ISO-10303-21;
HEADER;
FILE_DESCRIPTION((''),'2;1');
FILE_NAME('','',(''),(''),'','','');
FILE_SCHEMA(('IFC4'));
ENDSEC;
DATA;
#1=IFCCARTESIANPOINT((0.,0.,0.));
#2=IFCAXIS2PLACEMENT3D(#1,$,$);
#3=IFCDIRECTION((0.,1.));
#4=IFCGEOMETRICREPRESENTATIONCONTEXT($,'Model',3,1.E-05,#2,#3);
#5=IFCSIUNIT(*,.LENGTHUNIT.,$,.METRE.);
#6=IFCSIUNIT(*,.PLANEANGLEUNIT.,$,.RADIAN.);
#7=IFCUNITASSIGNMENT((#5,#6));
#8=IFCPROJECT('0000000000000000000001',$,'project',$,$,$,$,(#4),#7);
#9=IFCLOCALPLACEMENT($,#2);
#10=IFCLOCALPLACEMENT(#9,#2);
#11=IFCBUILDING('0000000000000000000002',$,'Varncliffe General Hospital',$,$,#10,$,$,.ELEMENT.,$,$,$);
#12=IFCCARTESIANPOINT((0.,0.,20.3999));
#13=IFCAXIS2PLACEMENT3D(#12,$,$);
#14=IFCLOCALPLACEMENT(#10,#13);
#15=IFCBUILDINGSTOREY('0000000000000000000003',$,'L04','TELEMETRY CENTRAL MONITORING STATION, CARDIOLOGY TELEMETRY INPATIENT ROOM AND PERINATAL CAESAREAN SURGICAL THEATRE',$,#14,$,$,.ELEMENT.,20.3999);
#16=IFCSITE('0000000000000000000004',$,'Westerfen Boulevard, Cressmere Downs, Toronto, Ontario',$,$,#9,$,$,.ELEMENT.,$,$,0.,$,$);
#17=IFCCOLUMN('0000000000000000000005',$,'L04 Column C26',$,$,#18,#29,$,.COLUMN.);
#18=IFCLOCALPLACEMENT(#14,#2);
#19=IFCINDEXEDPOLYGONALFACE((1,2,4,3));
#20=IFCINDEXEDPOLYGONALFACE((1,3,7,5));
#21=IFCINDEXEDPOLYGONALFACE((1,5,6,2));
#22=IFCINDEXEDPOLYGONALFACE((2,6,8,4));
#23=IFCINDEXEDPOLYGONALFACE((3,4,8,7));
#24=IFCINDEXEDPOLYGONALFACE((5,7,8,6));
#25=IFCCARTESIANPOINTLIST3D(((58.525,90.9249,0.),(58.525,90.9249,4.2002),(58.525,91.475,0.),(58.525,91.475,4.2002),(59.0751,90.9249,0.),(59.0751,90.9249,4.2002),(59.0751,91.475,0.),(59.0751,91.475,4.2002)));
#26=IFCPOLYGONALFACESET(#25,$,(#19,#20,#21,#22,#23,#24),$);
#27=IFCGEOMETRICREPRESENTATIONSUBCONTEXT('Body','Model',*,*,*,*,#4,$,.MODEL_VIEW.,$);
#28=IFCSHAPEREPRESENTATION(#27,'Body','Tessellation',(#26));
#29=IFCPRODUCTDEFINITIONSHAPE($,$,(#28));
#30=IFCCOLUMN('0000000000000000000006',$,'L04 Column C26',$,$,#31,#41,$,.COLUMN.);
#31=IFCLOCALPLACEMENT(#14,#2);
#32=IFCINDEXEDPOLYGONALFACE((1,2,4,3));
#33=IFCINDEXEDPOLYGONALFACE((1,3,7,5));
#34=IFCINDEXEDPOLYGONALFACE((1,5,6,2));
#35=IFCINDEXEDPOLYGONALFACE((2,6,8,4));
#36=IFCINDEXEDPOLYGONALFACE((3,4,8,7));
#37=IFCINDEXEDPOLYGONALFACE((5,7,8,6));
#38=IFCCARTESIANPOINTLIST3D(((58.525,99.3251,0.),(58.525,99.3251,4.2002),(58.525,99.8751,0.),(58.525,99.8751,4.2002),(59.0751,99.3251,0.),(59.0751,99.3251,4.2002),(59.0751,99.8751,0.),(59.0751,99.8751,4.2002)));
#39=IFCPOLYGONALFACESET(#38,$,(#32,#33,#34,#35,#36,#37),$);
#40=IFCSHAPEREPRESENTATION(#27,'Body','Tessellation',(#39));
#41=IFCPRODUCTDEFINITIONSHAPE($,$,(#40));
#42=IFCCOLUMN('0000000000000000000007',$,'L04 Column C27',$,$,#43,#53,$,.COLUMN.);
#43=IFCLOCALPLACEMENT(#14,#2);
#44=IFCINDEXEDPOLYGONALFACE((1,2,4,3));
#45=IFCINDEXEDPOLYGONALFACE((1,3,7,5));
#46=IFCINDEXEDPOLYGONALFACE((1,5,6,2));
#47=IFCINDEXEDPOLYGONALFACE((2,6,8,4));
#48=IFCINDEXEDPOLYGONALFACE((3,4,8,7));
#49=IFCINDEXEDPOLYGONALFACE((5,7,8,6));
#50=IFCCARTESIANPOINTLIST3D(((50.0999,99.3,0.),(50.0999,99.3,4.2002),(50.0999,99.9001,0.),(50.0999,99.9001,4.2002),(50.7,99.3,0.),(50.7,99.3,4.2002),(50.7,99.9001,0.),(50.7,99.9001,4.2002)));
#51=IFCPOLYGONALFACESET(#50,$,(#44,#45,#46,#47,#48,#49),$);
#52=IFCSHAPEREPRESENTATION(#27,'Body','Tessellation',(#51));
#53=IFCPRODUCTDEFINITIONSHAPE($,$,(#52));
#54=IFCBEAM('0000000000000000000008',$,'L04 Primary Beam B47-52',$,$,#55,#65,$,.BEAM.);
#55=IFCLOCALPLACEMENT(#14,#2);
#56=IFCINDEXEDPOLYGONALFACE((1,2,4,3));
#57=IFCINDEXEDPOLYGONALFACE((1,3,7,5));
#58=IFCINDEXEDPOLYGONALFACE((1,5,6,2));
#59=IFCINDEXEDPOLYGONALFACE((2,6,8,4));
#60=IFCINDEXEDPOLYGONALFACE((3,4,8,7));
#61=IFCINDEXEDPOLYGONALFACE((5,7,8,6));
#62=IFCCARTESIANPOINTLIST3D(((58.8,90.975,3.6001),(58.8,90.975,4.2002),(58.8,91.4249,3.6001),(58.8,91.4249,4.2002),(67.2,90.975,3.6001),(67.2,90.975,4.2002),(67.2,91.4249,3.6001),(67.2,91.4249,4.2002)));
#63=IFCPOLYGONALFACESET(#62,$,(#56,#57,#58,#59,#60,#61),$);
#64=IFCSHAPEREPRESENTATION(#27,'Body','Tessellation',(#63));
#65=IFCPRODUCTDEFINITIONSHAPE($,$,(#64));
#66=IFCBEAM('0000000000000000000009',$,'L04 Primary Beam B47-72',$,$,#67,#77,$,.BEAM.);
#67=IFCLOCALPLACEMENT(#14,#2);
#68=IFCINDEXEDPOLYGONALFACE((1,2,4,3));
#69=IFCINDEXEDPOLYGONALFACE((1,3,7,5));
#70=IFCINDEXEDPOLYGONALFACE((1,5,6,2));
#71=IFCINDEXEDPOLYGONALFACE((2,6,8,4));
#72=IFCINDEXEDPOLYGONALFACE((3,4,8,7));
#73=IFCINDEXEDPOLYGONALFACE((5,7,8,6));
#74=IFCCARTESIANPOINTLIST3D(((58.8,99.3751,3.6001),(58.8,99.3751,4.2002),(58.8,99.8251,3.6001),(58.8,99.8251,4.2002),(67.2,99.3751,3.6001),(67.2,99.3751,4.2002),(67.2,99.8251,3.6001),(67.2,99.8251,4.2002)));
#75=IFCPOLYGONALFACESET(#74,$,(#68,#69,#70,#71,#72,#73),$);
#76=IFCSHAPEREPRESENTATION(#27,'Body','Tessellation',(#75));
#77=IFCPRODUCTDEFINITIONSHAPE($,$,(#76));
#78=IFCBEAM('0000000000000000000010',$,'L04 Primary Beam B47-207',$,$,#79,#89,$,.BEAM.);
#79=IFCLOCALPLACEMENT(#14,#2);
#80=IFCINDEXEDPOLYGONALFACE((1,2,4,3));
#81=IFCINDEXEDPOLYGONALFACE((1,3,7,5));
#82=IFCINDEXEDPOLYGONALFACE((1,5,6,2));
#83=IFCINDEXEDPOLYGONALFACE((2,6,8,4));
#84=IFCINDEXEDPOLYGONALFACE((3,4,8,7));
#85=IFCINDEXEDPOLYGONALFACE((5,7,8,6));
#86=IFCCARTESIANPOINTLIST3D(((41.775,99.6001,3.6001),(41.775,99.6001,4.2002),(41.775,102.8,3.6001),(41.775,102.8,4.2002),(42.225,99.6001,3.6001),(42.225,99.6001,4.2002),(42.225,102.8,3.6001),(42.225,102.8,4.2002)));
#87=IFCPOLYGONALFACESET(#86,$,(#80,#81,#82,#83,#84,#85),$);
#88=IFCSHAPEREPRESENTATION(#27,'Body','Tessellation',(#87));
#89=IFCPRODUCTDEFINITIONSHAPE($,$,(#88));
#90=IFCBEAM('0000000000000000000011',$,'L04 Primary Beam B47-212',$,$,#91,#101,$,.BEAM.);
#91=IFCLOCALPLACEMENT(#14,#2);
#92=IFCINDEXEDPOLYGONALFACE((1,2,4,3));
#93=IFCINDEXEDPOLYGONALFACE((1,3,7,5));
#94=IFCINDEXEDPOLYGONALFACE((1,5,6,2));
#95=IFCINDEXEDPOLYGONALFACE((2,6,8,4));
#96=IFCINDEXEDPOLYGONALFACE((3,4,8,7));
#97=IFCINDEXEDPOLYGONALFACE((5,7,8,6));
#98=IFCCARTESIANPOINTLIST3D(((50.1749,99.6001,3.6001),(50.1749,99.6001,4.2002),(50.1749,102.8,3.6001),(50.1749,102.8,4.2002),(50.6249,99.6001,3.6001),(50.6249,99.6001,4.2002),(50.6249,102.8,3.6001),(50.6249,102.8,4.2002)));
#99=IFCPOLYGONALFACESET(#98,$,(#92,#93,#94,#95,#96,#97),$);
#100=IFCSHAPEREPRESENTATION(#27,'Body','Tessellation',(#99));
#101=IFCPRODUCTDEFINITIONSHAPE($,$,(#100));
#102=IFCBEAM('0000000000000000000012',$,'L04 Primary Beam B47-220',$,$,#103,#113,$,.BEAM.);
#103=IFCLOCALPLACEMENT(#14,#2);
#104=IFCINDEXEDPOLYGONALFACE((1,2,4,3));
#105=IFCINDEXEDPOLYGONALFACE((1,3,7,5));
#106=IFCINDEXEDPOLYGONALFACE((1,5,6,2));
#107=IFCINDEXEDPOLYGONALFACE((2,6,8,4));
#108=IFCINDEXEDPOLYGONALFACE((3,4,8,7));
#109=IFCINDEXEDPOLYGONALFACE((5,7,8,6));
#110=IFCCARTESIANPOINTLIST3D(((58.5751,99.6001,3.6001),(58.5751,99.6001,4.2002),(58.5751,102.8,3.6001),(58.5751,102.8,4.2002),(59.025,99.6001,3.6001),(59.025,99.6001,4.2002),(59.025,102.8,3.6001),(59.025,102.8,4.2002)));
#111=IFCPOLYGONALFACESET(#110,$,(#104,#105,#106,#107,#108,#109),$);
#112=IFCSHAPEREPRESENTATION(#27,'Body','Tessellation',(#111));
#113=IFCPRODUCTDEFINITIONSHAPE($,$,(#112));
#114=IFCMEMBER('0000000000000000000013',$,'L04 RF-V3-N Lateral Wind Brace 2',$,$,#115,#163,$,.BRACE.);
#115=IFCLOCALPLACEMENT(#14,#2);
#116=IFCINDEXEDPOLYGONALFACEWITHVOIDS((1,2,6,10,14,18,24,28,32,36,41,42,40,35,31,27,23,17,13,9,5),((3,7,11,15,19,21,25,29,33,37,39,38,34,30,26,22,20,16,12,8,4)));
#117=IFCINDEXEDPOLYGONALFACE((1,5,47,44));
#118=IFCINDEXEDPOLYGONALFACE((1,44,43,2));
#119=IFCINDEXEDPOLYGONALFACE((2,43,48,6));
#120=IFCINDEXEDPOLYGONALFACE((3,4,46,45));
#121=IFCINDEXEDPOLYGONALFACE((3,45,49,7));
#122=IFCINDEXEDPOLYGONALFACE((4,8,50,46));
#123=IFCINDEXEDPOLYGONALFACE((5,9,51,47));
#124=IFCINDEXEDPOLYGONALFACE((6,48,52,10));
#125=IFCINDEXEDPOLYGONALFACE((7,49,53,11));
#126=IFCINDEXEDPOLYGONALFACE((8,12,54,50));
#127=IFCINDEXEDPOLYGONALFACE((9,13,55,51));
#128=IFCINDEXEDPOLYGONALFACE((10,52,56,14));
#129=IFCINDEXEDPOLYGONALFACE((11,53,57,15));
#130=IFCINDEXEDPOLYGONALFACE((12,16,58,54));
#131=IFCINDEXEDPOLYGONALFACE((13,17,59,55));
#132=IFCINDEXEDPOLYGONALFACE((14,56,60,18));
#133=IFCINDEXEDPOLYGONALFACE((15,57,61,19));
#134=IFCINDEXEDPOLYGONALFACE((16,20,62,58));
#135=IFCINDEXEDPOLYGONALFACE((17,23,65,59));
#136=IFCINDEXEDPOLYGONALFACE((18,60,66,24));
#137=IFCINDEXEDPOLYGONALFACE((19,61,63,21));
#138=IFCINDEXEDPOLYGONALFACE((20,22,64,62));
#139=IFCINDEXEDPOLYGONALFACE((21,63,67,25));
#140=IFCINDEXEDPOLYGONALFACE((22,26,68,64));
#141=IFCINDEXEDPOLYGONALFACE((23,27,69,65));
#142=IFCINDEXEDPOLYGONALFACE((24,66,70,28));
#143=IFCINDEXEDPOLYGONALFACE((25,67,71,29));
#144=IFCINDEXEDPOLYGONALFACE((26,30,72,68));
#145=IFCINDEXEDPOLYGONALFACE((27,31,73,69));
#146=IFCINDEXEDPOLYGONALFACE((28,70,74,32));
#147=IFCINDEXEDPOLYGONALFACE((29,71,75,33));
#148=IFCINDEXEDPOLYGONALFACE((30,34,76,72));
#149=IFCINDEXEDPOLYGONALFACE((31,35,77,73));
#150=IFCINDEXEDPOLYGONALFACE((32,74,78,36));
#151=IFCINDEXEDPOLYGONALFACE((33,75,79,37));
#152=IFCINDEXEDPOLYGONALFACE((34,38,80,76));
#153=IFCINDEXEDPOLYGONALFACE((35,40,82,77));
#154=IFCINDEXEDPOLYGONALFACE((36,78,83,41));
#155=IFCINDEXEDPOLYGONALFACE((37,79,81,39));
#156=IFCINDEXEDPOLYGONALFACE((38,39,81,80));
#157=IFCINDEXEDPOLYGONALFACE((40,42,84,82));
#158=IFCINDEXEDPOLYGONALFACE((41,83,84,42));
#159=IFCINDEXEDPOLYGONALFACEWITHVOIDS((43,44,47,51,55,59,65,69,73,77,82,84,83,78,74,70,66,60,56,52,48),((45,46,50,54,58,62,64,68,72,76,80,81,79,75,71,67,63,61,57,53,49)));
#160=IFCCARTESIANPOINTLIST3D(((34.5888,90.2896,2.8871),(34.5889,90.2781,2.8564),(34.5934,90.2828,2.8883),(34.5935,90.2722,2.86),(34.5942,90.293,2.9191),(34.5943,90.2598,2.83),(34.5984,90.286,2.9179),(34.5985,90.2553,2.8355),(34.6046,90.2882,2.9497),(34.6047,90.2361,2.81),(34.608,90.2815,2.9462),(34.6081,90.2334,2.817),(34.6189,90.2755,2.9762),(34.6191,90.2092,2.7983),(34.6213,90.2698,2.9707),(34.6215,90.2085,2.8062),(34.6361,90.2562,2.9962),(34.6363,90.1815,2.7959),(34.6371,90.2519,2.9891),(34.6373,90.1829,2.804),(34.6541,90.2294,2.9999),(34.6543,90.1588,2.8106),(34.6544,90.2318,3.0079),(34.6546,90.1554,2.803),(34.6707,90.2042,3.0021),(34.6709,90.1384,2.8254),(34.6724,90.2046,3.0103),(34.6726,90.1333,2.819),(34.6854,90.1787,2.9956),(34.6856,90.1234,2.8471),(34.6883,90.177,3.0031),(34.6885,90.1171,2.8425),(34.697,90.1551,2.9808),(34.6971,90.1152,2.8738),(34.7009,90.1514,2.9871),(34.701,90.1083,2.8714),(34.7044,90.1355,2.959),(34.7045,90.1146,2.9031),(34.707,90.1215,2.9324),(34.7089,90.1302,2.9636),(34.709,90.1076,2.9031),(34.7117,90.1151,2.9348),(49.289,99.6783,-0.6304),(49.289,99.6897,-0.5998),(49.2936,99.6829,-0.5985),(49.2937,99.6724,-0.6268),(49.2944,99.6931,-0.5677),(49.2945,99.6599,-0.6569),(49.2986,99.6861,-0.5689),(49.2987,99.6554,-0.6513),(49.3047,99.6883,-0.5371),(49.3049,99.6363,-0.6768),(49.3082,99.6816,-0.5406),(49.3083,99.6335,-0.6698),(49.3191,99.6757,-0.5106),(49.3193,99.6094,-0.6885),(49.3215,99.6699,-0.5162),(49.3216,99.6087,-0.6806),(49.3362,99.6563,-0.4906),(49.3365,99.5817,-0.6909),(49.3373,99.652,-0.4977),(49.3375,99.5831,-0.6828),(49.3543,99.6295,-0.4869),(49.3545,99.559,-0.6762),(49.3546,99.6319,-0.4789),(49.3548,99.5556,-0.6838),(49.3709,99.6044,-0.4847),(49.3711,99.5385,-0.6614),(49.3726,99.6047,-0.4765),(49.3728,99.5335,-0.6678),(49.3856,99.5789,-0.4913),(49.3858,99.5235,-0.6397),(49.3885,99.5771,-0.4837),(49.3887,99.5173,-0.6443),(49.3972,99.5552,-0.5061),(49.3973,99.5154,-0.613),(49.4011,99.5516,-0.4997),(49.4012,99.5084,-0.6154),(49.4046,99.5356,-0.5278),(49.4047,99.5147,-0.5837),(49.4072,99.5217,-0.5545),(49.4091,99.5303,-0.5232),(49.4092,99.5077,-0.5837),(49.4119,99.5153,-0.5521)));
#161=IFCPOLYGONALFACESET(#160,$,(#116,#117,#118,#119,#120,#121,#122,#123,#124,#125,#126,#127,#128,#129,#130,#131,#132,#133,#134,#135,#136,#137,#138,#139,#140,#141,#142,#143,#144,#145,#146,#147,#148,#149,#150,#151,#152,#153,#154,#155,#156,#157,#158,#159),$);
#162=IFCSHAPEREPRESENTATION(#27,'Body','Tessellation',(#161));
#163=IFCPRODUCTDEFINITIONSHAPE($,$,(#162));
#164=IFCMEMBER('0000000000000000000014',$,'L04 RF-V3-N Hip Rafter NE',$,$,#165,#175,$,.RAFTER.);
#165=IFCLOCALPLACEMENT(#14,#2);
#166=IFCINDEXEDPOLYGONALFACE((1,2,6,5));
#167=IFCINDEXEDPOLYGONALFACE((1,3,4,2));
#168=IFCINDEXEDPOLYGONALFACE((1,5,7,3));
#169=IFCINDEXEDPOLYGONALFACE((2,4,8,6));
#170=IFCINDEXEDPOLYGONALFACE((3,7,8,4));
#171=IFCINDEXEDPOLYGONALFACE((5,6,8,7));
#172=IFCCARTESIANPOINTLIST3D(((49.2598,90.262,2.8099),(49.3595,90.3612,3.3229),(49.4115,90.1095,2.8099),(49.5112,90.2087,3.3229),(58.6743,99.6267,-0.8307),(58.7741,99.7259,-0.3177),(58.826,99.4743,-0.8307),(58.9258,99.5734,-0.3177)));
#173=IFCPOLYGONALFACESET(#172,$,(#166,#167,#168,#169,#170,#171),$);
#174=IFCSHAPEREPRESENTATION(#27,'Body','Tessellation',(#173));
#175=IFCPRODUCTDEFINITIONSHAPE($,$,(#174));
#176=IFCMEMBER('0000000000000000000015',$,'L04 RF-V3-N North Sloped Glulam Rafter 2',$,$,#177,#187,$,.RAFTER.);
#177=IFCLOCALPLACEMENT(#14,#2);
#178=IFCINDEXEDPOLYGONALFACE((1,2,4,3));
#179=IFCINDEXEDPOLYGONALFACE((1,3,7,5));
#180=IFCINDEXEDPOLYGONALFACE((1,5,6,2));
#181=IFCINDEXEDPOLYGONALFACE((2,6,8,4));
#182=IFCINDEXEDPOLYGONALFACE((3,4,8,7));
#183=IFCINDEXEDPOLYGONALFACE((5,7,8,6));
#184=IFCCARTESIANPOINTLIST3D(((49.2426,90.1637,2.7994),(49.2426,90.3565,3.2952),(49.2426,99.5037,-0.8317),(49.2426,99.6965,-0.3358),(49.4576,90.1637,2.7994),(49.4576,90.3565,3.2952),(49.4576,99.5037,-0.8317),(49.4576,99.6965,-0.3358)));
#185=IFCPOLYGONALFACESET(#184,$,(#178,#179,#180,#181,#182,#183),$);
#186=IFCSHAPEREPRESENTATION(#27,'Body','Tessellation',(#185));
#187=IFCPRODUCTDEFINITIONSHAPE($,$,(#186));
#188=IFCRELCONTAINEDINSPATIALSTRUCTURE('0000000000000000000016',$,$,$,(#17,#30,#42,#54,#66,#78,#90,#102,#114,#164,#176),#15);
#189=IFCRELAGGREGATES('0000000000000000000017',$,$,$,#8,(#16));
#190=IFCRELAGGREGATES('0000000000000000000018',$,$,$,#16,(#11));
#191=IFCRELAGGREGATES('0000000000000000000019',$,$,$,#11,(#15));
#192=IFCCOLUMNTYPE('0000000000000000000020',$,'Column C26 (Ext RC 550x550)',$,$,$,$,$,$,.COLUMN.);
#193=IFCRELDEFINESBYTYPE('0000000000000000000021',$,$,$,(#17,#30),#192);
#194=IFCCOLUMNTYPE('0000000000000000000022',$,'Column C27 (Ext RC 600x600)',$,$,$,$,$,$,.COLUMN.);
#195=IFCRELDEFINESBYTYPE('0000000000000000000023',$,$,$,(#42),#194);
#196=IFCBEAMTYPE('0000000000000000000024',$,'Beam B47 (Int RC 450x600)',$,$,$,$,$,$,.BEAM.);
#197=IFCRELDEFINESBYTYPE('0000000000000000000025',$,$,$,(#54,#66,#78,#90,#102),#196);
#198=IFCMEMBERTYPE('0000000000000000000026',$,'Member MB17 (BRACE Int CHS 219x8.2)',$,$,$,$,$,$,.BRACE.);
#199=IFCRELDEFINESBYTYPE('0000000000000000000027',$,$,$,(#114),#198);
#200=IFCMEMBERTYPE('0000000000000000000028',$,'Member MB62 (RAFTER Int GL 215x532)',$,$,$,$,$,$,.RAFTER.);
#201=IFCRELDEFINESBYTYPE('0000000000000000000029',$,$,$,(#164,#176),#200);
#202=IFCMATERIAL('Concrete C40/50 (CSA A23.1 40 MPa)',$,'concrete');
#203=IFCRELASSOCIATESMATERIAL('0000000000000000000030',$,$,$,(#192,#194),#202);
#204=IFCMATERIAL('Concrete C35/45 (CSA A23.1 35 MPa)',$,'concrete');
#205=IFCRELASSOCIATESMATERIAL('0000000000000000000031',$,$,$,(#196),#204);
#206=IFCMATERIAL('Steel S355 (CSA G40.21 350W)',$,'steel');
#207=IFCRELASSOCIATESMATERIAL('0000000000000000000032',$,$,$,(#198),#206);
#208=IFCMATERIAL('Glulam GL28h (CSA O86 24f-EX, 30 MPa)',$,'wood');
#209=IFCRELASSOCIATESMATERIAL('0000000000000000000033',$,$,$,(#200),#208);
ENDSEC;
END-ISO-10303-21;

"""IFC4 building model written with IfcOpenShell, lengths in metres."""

from ifc_helpers import new_model, si_unit, direction, frame, origin, origin_2d, place, context, subcontext, project, spatial, rectangle, hollow_circle, extrude, material, material_profile, profile_set, type_object, element, save


model = new_model("IFC4")

# Units and contexts
model_context = context("Model", 3, precision=1e-05, world=origin(), true_north=direction((0.0, 1.0)))
body_context = subcontext(model_context, "Body", "Model", "MODEL_VIEW")
ifc_project = project(units=[si_unit("LENGTHUNIT", "METRE"), si_unit("PLANEANGLEUNIT", "RADIAN")], contexts=[model_context])

# Site, building, storey
site_placement = place(None, origin())
site = spatial("IfcSite", under=ifc_project, at=site_placement, Name="Westerfen Boulevard, Cressmere Downs, Toronto, Ontario", CompositionType="ELEMENT", RefElevation=0.0)
building_placement = place(site_placement, origin())
building = spatial("IfcBuilding", under=site, at=building_placement, Name="Varncliffe General Hospital", CompositionType="ELEMENT")
storey_placement = place(building_placement, frame((0.0, 0.0, 20.3999)))
storey = spatial("IfcBuildingStorey", under=building, at=storey_placement, Name="L04", Description="TELEMETRY CENTRAL MONITORING STATION, CARDIOLOGY TELEMETRY INPATIENT ROOM AND PERINATAL CAESAREAN SURGICAL THEATRE", CompositionType="ELEMENT", Elevation=20.3999)

# Columns
ifc_material_1 = material(Name="Concrete C40/50 (CSA A23.1 40 MPa)", Category="concrete")
ifc_material_profile_1 = material_profile(ifc_material_1, rectangle(XDim=0.55, YDim=0.55, at=origin_2d()), Name="RC 550x550")
ifc_profile_set_1 = profile_set([ifc_material_profile_1], Name="Concrete C40/50 (CSA A23.1 40 MPa)")
column_type_1 = type_object("IfcColumnType", Name="Column C26 (Ext RC 550x550)", PredefinedType="COLUMN", material=ifc_profile_set_1)
for number, where, z_axis, x_axis, name in (
    (1, (58.8, 91.2, 0.0), (0.0, 0.0, 1.0), (1.0, 0.0, 0.0), "L04 Column C26"),
    (2, (58.8, 99.6001, 0.0), (0.0, 0.0, 1.0), (1.0, 0.0, 0.0), "L04 Column C26"),
):
    element("IfcColumn", number, at=place(storey_placement, frame(where, z_axis=z_axis, x_axis=x_axis)), inside=storey, type_object=column_type_1, Name=name, PredefinedType="COLUMN", context=body_context, shape_type="SweptSolid", body=[
        extrude(rectangle(XDim=0.55, YDim=0.55, at=origin_2d()), origin(), (0.0, 0.0, 1.0), 4.2002),
    ])
ifc_material_profile_2 = material_profile(ifc_material_1, rectangle(XDim=0.6001, YDim=0.6001, at=origin_2d()), Name="RC 600x600")
ifc_profile_set_2 = profile_set([ifc_material_profile_2], Name="Concrete C40/50 (CSA A23.1 40 MPa)")
column_type_2 = type_object("IfcColumnType", Name="Column C27 (Ext RC 600x600)", PredefinedType="COLUMN", material=ifc_profile_set_2)
column_placement = place(storey_placement, frame((50.3999, 99.6001, 0.0), z_axis=(0.0, 0.0, 1.0), x_axis=(1.0, 0.0, 0.0)))
element("IfcColumn", 3, at=column_placement, inside=storey, type_object=column_type_2, Name="L04 Column C27", PredefinedType="COLUMN", context=body_context, shape_type="SweptSolid", body=[
    extrude(rectangle(XDim=0.6001, YDim=0.6001, at=origin_2d()), origin(), (0.0, 0.0, 1.0), 4.2002),
])

# Beams
ifc_material_2 = material(Name="Concrete C35/45 (CSA A23.1 35 MPa)", Category="concrete")
ifc_material_profile_3 = material_profile(ifc_material_2, rectangle(XDim=0.45, YDim=0.6001, at=origin_2d()), Name="RC 450x600")
ifc_profile_set_3 = profile_set([ifc_material_profile_3], Name="Concrete C35/45 (CSA A23.1 35 MPa)")
beam_type_1 = type_object("IfcBeamType", Name="Beam B47 (Int RC 450x600)", PredefinedType="BEAM", material=ifc_profile_set_3)
for number, where, z_axis, x_axis, name in (
    (4, (58.8, 91.2, 3.9001), (1.0, 0.0, 0.0), (0.0, 1.0, 0.0), "L04 Primary Beam B47-52"),
    (5, (58.8, 99.6001, 3.9001), (1.0, 0.0, 0.0), (0.0, 1.0, 0.0), "L04 Primary Beam B47-72"),
):
    element("IfcBeam", number, at=place(storey_placement, frame(where, z_axis=z_axis, x_axis=x_axis)), inside=storey, type_object=beam_type_1, Name=name, PredefinedType="BEAM", context=body_context, shape_type="SweptSolid", body=[
        extrude(rectangle(XDim=0.45, YDim=0.6001, at=origin_2d()), origin(), (0.0, 0.0, 1.0), 8.3999),
    ])
for number, where, z_axis, x_axis, name in (
    (6, (42.0, 99.6001, 3.9001), (0.0, 1.0, 0.0), (-1.0, 0.0, 0.0), "L04 Primary Beam B47-207"),
    (7, (50.3999, 99.6001, 3.9001), (0.0, 1.0, 0.0), (-1.0, 0.0, 0.0), "L04 Primary Beam B47-212"),
    (8, (58.8, 99.6001, 3.9001), (0.0, 1.0, 0.0), (-1.0, 0.0, 0.0), "L04 Primary Beam B47-220"),
):
    element("IfcBeam", number, at=place(storey_placement, frame(where, z_axis=z_axis, x_axis=x_axis)), inside=storey, type_object=beam_type_1, Name=name, PredefinedType="BEAM", context=body_context, shape_type="SweptSolid", body=[
        extrude(rectangle(XDim=0.45, YDim=0.6001, at=origin_2d()), origin(), (0.0, 0.0, 1.0), 3.2),
    ])

# Members
ifc_material_3 = material(Name="Steel S355 (CSA G40.21 350W)", Category="steel")
ifc_material_profile_4 = material_profile(ifc_material_3, hollow_circle(Radius=0.1096, WallThickness=0.0083, at=origin_2d()), Name="CHS 219x8.2")
ifc_profile_set_4 = profile_set([ifc_material_profile_4], Name="Steel S355 (CSA G40.21 350W)")
member_type_1 = type_object("IfcMemberType", Name="Member MB17 (BRACE Int CHS 219x8.2)", PredefinedType="BRACE", material=ifc_profile_set_4)
member_1_placement = place(storey_placement, frame((49.3501, 99.6001, -0.5837), z_axis=(-0.826145, -0.528285, 0.195958), x_axis=(0.538729, -0.842479, 0.0)))
element("IfcMember", 9, at=member_1_placement, inside=storey, type_object=member_type_1, Name="L04 RF-V3-N Lateral Wind Brace 2", PredefinedType="BRACE", context=body_context, shape_type="SweptSolid", body=[
    extrude(hollow_circle(Radius=0.1096, WallThickness=0.0083, at=origin_2d()), origin(), (0.0, 0.0, 1.0), 17.7937),
])
ifc_material_4 = material(Name="Glulam GL28h (CSA O86 24f-EX, 30 MPa)", Category="wood")
ifc_material_profile_5 = material_profile(ifc_material_4, rectangle(XDim=0.2151, YDim=0.532, at=origin_2d()), Name="GL 215x532")
ifc_profile_set_5 = profile_set([ifc_material_profile_5], Name="Glulam GL28h (CSA O86 24f-EX, 30 MPa)")
member_type_2 = type_object("IfcMemberType", Name="Member MB62 (RAFTER Int GL 215x532)", PredefinedType="RAFTER", material=ifc_profile_set_5)
member_2_placement = place(storey_placement, frame((58.8, 99.6001, -0.5742), z_axis=(-0.683748, -0.680131, 0.264407), x_axis=(0.705229, -0.70898, 0.0)))
element("IfcMember", 10, at=member_2_placement, inside=storey, type_object=member_type_2, Name="L04 RF-V3-N Hip Rafter NE", PredefinedType="RAFTER", context=body_context, shape_type="SweptSolid", body=[
    extrude(rectangle(XDim=0.2151, YDim=0.532, at=origin_2d()), origin(), (0.0, 0.0, 1.0), 13.769),
])
member_3_placement = place(storey_placement, frame((49.3501, 99.6001, -0.5837), z_axis=(0.0, -0.932044, 0.362346), x_axis=(1.0, 0.0, 0.0)))
element("IfcMember", 11, at=member_3_placement, inside=storey, type_object=member_type_2, Name="L04 RF-V3-N North Sloped Glulam Rafter 2", PredefinedType="RAFTER", context=body_context, shape_type="SweptSolid", body=[
    extrude(rectangle(XDim=0.2151, YDim=0.532, at=origin_2d()), origin(), (0.0, 0.0, 1.0), 10.021),
])

save(model, "model.ifc")
